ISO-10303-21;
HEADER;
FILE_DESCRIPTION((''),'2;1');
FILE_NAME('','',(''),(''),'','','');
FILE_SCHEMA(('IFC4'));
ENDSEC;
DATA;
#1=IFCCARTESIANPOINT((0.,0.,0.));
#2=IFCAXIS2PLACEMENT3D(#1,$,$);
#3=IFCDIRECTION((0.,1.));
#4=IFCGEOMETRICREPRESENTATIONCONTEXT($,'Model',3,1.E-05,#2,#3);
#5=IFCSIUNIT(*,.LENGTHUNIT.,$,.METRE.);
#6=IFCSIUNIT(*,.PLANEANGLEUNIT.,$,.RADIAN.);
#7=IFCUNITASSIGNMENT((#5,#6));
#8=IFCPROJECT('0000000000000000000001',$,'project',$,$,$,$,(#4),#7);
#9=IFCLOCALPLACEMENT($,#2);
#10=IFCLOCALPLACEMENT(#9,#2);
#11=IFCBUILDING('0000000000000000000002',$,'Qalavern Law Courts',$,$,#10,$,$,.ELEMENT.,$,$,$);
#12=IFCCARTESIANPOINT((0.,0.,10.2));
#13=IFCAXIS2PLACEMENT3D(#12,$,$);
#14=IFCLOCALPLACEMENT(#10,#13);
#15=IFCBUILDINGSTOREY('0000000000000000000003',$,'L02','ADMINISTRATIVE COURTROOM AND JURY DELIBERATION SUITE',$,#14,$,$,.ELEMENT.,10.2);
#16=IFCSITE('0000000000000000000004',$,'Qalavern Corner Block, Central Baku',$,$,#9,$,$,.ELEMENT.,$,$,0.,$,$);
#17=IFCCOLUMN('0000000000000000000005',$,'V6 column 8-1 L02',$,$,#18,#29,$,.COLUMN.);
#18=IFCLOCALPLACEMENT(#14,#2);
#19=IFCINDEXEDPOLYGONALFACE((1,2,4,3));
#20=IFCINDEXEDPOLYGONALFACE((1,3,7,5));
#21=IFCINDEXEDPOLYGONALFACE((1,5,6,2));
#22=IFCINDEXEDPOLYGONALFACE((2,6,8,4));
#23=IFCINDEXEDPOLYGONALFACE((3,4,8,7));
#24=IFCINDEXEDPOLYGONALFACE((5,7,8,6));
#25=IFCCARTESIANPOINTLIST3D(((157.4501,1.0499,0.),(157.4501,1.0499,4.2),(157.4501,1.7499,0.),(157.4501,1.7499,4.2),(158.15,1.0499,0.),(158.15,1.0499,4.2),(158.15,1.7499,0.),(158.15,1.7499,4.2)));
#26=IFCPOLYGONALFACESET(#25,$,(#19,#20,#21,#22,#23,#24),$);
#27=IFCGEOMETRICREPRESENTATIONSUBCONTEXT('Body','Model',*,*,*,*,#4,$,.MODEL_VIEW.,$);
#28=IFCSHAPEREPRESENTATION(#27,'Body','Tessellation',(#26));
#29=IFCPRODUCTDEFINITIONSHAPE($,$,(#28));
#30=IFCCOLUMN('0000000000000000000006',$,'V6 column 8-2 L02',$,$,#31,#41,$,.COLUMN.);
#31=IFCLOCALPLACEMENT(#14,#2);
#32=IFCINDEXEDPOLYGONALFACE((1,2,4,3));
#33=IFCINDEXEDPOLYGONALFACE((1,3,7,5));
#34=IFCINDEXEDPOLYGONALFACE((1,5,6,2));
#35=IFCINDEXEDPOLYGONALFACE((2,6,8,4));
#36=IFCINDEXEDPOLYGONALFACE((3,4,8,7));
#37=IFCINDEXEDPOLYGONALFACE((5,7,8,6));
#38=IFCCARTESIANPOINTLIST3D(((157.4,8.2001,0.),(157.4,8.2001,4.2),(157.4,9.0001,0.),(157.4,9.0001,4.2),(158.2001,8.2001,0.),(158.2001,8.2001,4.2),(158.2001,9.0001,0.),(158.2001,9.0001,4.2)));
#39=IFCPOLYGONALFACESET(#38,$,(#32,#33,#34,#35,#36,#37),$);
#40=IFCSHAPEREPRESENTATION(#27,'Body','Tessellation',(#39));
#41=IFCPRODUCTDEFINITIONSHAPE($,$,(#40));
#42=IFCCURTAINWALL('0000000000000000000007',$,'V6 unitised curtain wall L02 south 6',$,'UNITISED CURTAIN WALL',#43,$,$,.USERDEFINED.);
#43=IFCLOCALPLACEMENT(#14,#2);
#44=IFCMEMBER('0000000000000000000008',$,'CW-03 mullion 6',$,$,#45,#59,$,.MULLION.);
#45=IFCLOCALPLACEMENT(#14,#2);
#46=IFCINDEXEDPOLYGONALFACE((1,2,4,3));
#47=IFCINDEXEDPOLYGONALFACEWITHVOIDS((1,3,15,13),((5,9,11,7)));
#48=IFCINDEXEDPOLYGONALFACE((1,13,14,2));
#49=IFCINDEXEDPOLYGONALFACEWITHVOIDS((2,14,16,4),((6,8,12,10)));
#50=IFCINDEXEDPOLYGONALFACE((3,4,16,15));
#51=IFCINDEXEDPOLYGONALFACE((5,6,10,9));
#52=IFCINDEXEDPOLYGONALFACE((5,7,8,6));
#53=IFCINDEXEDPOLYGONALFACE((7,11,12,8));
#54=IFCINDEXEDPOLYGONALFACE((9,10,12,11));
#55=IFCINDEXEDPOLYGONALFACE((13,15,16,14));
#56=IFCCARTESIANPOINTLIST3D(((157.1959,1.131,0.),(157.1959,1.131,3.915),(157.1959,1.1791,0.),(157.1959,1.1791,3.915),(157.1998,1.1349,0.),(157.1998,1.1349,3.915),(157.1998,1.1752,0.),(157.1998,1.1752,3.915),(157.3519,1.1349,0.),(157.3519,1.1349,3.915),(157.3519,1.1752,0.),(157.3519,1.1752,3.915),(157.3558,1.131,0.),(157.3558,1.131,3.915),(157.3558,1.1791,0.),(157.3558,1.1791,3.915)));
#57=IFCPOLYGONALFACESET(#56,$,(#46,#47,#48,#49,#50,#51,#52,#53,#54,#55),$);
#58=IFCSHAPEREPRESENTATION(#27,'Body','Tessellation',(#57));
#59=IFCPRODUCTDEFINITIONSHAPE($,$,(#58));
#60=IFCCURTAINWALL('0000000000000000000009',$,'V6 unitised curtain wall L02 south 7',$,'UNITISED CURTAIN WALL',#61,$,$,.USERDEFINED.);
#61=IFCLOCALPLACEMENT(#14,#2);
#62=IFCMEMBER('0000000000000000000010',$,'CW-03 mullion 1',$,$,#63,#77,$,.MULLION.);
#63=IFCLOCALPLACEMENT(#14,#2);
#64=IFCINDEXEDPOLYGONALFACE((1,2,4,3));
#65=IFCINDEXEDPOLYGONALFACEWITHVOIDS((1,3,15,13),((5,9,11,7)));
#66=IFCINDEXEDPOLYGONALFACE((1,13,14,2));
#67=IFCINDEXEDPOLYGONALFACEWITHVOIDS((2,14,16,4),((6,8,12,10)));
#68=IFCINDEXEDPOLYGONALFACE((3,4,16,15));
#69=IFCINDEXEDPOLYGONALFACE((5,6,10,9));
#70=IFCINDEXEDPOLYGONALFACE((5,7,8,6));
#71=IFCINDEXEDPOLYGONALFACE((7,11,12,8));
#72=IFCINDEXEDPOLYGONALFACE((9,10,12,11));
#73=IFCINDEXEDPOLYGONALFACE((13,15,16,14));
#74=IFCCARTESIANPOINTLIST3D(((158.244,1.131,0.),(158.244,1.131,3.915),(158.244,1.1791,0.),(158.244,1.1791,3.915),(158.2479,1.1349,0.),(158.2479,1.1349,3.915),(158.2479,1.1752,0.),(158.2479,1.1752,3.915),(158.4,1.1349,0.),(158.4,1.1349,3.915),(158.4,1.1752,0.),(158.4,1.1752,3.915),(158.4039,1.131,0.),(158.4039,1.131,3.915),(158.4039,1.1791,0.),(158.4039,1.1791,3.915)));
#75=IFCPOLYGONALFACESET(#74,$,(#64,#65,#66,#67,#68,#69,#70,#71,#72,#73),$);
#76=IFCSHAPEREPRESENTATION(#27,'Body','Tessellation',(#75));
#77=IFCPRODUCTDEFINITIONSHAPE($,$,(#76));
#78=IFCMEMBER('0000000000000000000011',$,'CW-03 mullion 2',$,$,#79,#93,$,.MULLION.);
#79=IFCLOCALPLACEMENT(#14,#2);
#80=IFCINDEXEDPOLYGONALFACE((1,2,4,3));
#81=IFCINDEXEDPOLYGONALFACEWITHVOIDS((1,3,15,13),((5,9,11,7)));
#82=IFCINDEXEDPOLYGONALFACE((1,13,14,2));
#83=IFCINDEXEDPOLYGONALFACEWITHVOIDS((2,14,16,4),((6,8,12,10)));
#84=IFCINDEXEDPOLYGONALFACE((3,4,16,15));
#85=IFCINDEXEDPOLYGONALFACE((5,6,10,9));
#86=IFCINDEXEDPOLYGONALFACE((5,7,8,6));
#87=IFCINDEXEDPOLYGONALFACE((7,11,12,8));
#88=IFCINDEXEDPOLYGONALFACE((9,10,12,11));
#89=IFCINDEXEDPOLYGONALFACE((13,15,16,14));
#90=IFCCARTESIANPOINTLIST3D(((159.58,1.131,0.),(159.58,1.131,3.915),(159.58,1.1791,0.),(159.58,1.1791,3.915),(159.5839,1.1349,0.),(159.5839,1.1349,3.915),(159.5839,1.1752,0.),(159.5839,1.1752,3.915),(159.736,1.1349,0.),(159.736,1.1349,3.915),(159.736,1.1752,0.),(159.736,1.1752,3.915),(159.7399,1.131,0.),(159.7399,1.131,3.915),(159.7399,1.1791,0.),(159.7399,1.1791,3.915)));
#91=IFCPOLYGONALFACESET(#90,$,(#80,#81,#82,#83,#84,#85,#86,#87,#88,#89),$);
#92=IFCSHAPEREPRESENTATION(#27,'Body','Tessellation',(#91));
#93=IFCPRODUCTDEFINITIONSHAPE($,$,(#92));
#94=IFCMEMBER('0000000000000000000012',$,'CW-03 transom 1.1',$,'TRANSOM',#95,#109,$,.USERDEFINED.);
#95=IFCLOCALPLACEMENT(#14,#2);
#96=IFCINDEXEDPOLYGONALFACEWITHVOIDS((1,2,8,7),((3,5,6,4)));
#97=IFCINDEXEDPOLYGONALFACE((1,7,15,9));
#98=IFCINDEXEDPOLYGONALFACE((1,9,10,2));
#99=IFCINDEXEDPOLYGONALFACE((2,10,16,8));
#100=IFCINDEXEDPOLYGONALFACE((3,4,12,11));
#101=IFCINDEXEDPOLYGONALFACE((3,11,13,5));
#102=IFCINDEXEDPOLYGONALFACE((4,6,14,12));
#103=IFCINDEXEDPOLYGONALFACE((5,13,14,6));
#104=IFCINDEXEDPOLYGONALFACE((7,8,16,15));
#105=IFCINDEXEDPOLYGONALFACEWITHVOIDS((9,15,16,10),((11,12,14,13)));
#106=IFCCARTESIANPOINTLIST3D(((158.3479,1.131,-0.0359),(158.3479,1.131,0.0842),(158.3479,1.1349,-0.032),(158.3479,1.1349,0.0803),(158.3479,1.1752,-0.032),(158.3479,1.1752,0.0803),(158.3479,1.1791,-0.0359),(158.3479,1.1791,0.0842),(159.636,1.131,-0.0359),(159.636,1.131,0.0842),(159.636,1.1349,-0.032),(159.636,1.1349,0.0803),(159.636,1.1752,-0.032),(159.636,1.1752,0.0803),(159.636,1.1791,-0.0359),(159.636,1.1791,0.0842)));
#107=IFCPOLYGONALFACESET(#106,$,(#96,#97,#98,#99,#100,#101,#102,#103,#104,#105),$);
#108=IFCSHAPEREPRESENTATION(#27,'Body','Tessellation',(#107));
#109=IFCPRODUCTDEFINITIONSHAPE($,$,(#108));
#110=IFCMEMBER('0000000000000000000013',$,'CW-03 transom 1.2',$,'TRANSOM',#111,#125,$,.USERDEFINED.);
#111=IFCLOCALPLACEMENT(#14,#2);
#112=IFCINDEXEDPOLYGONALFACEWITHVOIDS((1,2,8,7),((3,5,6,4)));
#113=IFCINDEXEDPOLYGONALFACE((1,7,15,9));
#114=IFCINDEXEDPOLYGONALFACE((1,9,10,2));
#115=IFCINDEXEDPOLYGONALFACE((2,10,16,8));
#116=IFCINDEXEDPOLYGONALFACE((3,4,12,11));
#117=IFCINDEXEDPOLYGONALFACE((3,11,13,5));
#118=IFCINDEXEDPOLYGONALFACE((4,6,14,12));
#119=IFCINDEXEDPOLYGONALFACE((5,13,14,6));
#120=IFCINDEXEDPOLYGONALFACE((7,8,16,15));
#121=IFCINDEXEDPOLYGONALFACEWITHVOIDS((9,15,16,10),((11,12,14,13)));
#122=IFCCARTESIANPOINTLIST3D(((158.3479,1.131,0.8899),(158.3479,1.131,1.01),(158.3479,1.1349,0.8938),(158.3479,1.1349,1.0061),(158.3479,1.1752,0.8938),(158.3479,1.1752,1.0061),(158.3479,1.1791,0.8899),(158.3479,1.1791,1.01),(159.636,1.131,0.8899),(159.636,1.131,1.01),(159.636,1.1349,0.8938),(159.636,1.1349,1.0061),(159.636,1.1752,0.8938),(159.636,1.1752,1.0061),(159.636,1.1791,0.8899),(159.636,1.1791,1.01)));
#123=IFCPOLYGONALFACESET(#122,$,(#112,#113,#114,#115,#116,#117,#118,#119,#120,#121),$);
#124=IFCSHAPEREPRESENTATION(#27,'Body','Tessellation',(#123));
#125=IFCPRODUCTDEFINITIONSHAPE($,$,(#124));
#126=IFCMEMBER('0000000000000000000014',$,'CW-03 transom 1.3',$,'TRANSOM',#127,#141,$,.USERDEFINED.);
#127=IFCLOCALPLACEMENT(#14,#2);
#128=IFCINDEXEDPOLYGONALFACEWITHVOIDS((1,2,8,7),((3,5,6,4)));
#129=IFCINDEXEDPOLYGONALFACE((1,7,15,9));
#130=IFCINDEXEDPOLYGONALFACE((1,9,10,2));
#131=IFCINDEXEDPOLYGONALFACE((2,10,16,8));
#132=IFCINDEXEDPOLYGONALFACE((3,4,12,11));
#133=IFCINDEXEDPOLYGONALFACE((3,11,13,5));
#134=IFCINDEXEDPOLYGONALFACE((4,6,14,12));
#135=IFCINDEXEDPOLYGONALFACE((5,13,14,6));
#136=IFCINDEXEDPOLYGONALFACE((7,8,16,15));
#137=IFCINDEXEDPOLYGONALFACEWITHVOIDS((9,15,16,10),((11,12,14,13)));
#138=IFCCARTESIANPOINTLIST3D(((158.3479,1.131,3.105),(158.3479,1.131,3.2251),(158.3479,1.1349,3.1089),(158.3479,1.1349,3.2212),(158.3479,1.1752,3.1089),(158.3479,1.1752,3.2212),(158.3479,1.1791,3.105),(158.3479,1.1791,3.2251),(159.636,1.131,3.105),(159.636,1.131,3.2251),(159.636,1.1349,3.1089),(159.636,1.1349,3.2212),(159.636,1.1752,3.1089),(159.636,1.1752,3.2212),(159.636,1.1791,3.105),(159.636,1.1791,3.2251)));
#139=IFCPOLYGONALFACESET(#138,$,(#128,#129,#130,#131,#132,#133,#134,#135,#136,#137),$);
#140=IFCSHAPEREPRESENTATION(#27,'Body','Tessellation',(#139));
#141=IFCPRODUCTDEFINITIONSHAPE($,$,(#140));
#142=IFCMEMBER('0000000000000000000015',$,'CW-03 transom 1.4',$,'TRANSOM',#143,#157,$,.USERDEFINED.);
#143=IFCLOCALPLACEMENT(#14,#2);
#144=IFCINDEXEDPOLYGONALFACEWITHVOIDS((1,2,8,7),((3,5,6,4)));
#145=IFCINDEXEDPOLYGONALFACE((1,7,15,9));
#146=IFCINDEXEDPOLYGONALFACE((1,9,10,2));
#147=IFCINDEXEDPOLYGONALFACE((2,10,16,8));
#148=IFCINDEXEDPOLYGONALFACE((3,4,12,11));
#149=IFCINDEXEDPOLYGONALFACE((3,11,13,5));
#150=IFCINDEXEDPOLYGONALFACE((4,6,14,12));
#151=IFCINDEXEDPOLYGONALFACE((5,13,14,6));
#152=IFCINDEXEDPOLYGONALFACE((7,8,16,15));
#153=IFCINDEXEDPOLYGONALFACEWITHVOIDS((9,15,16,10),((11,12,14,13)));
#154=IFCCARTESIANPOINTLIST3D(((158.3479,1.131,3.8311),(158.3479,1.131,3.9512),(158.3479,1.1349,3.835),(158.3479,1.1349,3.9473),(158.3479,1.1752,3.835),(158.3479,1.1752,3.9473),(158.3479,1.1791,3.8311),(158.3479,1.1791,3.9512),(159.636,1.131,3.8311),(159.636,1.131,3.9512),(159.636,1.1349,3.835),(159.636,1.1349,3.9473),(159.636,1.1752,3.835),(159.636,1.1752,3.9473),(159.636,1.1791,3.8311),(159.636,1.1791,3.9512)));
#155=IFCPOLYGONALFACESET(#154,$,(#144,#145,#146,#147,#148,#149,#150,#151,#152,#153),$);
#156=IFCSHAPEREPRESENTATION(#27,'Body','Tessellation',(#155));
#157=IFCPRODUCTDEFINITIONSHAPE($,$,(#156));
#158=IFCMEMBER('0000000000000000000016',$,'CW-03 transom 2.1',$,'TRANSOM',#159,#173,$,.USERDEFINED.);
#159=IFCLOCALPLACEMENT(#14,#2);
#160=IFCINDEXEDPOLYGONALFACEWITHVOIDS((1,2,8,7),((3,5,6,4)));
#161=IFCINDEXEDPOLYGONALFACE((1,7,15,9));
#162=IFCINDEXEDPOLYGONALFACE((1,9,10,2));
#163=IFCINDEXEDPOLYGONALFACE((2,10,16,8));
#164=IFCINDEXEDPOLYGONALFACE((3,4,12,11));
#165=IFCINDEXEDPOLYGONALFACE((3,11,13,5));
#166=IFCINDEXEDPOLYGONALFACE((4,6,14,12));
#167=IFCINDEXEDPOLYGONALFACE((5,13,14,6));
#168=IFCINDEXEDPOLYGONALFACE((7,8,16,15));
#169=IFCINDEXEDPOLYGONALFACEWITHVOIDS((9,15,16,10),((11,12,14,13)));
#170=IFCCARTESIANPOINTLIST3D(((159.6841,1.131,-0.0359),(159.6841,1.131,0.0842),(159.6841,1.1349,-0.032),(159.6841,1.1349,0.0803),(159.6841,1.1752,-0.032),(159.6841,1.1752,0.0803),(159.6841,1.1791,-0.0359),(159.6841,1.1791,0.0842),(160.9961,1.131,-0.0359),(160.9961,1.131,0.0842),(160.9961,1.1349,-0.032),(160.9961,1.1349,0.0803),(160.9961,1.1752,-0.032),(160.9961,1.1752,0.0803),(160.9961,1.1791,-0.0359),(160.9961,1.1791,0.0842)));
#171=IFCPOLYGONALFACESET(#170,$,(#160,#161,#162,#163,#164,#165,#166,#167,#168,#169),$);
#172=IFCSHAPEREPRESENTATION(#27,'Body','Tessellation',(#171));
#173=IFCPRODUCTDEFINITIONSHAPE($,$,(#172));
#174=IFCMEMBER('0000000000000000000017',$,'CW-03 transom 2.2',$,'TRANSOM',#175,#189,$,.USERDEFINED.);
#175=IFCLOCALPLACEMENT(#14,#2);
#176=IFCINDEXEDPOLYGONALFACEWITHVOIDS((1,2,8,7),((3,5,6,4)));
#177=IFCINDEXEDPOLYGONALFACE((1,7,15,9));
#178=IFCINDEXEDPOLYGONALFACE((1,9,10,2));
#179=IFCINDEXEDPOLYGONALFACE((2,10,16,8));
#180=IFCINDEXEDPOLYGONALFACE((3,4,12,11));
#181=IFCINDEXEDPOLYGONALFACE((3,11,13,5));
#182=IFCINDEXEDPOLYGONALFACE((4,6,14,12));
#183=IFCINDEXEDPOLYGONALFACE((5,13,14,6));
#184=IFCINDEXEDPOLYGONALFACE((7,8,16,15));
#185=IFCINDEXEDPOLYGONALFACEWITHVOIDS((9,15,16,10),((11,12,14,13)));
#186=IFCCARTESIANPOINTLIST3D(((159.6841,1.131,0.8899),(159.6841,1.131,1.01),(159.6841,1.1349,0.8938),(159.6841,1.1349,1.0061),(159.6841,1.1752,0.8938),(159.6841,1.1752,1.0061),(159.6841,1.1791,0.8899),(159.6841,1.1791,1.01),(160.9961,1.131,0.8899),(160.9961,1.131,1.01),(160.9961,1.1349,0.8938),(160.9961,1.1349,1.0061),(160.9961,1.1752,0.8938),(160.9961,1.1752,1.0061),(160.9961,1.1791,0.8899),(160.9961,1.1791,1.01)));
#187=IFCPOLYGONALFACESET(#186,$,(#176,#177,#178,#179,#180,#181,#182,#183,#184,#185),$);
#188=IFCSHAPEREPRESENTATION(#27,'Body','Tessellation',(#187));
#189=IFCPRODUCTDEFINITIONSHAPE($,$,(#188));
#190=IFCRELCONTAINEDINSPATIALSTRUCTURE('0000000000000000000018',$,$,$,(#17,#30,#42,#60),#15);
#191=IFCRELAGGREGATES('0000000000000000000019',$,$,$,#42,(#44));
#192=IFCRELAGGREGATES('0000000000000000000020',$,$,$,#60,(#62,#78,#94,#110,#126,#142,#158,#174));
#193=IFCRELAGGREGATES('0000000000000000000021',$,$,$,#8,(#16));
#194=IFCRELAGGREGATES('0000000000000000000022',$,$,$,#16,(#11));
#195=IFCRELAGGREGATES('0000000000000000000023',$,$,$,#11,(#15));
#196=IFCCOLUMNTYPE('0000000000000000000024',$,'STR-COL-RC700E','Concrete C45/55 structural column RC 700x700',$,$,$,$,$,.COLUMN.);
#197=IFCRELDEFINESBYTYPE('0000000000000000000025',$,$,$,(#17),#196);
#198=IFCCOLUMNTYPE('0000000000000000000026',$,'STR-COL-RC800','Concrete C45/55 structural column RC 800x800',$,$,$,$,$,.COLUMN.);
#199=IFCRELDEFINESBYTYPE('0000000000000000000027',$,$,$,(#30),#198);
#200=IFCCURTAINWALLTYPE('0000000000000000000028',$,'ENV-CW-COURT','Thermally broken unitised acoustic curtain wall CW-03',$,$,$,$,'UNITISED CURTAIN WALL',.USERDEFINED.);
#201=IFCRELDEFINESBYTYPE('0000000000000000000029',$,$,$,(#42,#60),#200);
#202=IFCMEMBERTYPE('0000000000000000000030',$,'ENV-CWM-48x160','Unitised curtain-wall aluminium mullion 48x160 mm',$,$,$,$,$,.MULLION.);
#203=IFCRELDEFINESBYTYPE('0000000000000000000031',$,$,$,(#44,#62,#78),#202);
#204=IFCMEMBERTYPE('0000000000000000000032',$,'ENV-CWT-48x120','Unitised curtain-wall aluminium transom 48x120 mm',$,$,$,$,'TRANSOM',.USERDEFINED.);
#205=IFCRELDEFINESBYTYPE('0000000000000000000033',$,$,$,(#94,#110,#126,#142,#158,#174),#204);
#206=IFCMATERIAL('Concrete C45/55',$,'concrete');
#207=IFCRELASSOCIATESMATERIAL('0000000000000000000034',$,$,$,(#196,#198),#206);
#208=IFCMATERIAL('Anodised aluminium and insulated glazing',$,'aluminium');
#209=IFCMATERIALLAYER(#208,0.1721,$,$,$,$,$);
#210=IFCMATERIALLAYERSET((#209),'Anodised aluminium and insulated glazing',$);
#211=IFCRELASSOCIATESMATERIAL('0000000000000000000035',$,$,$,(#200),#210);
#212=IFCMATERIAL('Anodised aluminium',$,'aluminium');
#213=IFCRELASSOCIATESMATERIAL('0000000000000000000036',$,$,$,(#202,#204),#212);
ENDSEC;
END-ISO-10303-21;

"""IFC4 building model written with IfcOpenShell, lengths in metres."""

from ifc_helpers import new_model, si_unit, direction, frame, origin, origin_2d, place, context, subcontext, project, spatial, rectangle, hollow_rectangle, extrude, material, layer, layer_set, material_profile, profile_set, type_object, element, aggregate, save


model = new_model("IFC4")

# Units and contexts
model_context = context("Model", 3, precision=1e-05, world=origin(), true_north=direction((0.0, 1.0)))
body_context = subcontext(model_context, "Body", "Model", "MODEL_VIEW")
ifc_project = project(units=[si_unit("LENGTHUNIT", "METRE"), si_unit("PLANEANGLEUNIT", "RADIAN")], contexts=[model_context])

# Site, building, storey
site_placement = place(None, origin())
site = spatial("IfcSite", under=ifc_project, at=site_placement, Name="Qalavern Corner Block, Central Baku", CompositionType="ELEMENT", RefElevation=0.0)
building_placement = place(site_placement, origin())
building = spatial("IfcBuilding", under=site, at=building_placement, Name="Qalavern Law Courts", CompositionType="ELEMENT")
storey_placement = place(building_placement, frame((0.0, 0.0, 10.2)))
storey = spatial("IfcBuildingStorey", under=building, at=storey_placement, Name="L02", Description="ADMINISTRATIVE COURTROOM AND JURY DELIBERATION SUITE", CompositionType="ELEMENT", Elevation=10.2)

# Columns
ifc_material_1 = material(Name="Concrete C45/55", Category="concrete")
ifc_material_profile_1 = material_profile(ifc_material_1, rectangle(XDim=0.7, YDim=0.7, at=origin_2d()), Name="RC 700x700")
ifc_profile_set_1 = profile_set([ifc_material_profile_1], Name="Concrete C45/55")
column_type_1 = type_object("IfcColumnType", Name="STR-COL-RC700E", Description="Concrete C45/55 structural column RC 700x700", PredefinedType="COLUMN", material=ifc_profile_set_1)
column_1_placement = place(storey_placement, frame((157.8, 1.3999, 0.0), z_axis=(0.0, 0.0, 1.0), x_axis=(1.0, 0.0, 0.0)))
element("IfcColumn", 1, at=column_1_placement, inside=storey, type_object=column_type_1, Name="V6 column 8-1 L02", PredefinedType="COLUMN", context=body_context, shape_type="SweptSolid", body=[
    extrude(rectangle(XDim=0.7, YDim=0.7, at=origin_2d()), origin(), (0.0, 0.0, 1.0), 4.2),
])
ifc_material_profile_2 = material_profile(ifc_material_1, rectangle(XDim=0.8, YDim=0.8, at=origin_2d()), Name="RC 800x800")
ifc_profile_set_2 = profile_set([ifc_material_profile_2], Name="Concrete C45/55")
column_type_2 = type_object("IfcColumnType", Name="STR-COL-RC800", Description="Concrete C45/55 structural column RC 800x800", PredefinedType="COLUMN", material=ifc_profile_set_2)
column_2_placement = place(storey_placement, frame((157.8, 8.6001, 0.0), z_axis=(0.0, 0.0, 1.0), x_axis=(1.0, 0.0, 0.0)))
element("IfcColumn", 2, at=column_2_placement, inside=storey, type_object=column_type_2, Name="V6 column 8-2 L02", PredefinedType="COLUMN", context=body_context, shape_type="SweptSolid", body=[
    extrude(rectangle(XDim=0.8, YDim=0.8, at=origin_2d()), origin(), (0.0, 0.0, 1.0), 4.2),
])

# Curtain wall, member
ifc_material_2 = material(Name="Anodised aluminium and insulated glazing", Category="aluminium")
ifc_layer_1 = layer(ifc_material_2, 0.1721)
ifc_layer_set_1 = layer_set([ifc_layer_1], Name="Anodised aluminium and insulated glazing")
curtain_wall_type = type_object("IfcCurtainWallType", Name="ENV-CW-COURT", Description="Thermally broken unitised acoustic curtain wall CW-03", ElementType="UNITISED CURTAIN WALL", PredefinedType="USERDEFINED", material=ifc_layer_set_1)
curtain_wall_1_placement = place(storey_placement, origin())
curtain_wall_1 = element("IfcCurtainWall", 3, at=curtain_wall_1_placement, inside=storey, type_object=curtain_wall_type, Name="V6 unitised curtain wall L02 south 6", ObjectType="UNITISED CURTAIN WALL", PredefinedType="USERDEFINED")
ifc_material_3 = material(Name="Anodised aluminium", Category="aluminium")
ifc_material_profile_3 = material_profile(ifc_material_3, hollow_rectangle(XDim=0.0481, YDim=0.1599, WallThickness=0.0039, at=origin_2d()), Name="ALU MULLION 48x160")
ifc_profile_set_3 = profile_set([ifc_material_profile_3], Name="Anodised aluminium")
member_type_1 = type_object("IfcMemberType", Name="ENV-CWM-48x160", Description="Unitised curtain-wall aluminium mullion 48x160 mm", PredefinedType="MULLION", material=ifc_profile_set_3)
member_1_placement = place(storey_placement, frame((157.2759, 1.155, 0.0), z_axis=(0.0, 0.0, 1.0), x_axis=(0.0, 1.0, 0.0)))
member_1 = element("IfcMember", 4, at=member_1_placement, type_object=member_type_1, Name="CW-03 mullion 6", PredefinedType="MULLION", context=body_context, shape_type="SweptSolid", body=[
    extrude(hollow_rectangle(XDim=0.0481, YDim=0.1599, WallThickness=0.0039, at=origin_2d()), origin(), (0.0, 0.0, 1.0), 3.915),
])

# Curtain wall, members
curtain_wall_2_placement = place(storey_placement, origin())
curtain_wall_2 = element("IfcCurtainWall", 5, at=curtain_wall_2_placement, inside=storey, type_object=curtain_wall_type, Name="V6 unitised curtain wall L02 south 7", ObjectType="UNITISED CURTAIN WALL", PredefinedType="USERDEFINED")
member_2_placement = place(storey_placement, frame((158.324, 1.155, 0.0), z_axis=(0.0, 0.0, 1.0), x_axis=(0.0, 1.0, 0.0)))
member_2 = element("IfcMember", 6, at=member_2_placement, type_object=member_type_1, Name="CW-03 mullion 1", PredefinedType="MULLION", context=body_context, shape_type="SweptSolid", body=[
    extrude(hollow_rectangle(XDim=0.0481, YDim=0.1599, WallThickness=0.0039, at=origin_2d()), origin(), (0.0, 0.0, 1.0), 3.915),
])
member_3_placement = place(storey_placement, frame((159.6599, 1.155, 0.0), z_axis=(0.0, 0.0, 1.0), x_axis=(0.0, 1.0, 0.0)))
member_3 = element("IfcMember", 7, at=member_3_placement, type_object=member_type_1, Name="CW-03 mullion 2", PredefinedType="MULLION", context=body_context, shape_type="SweptSolid", body=[
    extrude(hollow_rectangle(XDim=0.0481, YDim=0.1599, WallThickness=0.0039, at=origin_2d()), origin(), (0.0, 0.0, 1.0), 3.915),
])
ifc_material_profile_4 = material_profile(ifc_material_3, hollow_rectangle(XDim=0.0481, YDim=0.1201, WallThickness=0.0039, at=origin_2d()), Name="ALU TRANSOM 48x120")
ifc_profile_set_4 = profile_set([ifc_material_profile_4], Name="Anodised aluminium")
member_type_2 = type_object("IfcMemberType", Name="ENV-CWT-48x120", Description="Unitised curtain-wall aluminium transom 48x120 mm", ElementType="TRANSOM", PredefinedType="USERDEFINED", material=ifc_profile_set_4)
member_4_placement = place(storey_placement, frame((158.3479, 1.155, 0.0242), z_axis=(1.0, 0.0, 0.0), x_axis=(0.0, 1.0, 0.0)))
member_4 = element("IfcMember", 8, at=member_4_placement, type_object=member_type_2, Name="CW-03 transom 1.1", ObjectType="TRANSOM", PredefinedType="USERDEFINED", context=body_context, shape_type="SweptSolid", body=[
    extrude(hollow_rectangle(XDim=0.0481, YDim=0.1201, WallThickness=0.0039, at=origin_2d()), origin(), (0.0, 0.0, 1.0), 1.2881),
])
member_5_placement = place(storey_placement, frame((158.3479, 1.155, 0.95), z_axis=(1.0, 0.0, 0.0), x_axis=(0.0, 1.0, 0.0)))
member_5 = element("IfcMember", 9, at=member_5_placement, type_object=member_type_2, Name="CW-03 transom 1.2", ObjectType="TRANSOM", PredefinedType="USERDEFINED", context=body_context, shape_type="SweptSolid", body=[
    extrude(hollow_rectangle(XDim=0.0481, YDim=0.1201, WallThickness=0.0039, at=origin_2d()), origin(), (0.0, 0.0, 1.0), 1.2881),
])
member_6_placement = place(storey_placement, frame((158.3479, 1.155, 3.165), z_axis=(1.0, 0.0, 0.0), x_axis=(0.0, 1.0, 0.0)))
member_6 = element("IfcMember", 10, at=member_6_placement, type_object=member_type_2, Name="CW-03 transom 1.3", ObjectType="TRANSOM", PredefinedType="USERDEFINED", context=body_context, shape_type="SweptSolid", body=[
    extrude(hollow_rectangle(XDim=0.0481, YDim=0.1201, WallThickness=0.0039, at=origin_2d()), origin(), (0.0, 0.0, 1.0), 1.2881),
])
member_7_placement = place(storey_placement, frame((158.3479, 1.155, 3.8911), z_axis=(1.0, 0.0, 0.0), x_axis=(0.0, 1.0, 0.0)))
member_7 = element("IfcMember", 11, at=member_7_placement, type_object=member_type_2, Name="CW-03 transom 1.4", ObjectType="TRANSOM", PredefinedType="USERDEFINED", context=body_context, shape_type="SweptSolid", body=[
    extrude(hollow_rectangle(XDim=0.0481, YDim=0.1201, WallThickness=0.0039, at=origin_2d()), origin(), (0.0, 0.0, 1.0), 1.2881),
])
member_8_placement = place(storey_placement, frame((159.6841, 1.155, 0.0242), z_axis=(1.0, 0.0, 0.0), x_axis=(0.0, 1.0, 0.0)))
member_8 = element("IfcMember", 12, at=member_8_placement, type_object=member_type_2, Name="CW-03 transom 2.1", ObjectType="TRANSOM", PredefinedType="USERDEFINED", context=body_context, shape_type="SweptSolid", body=[
    extrude(hollow_rectangle(XDim=0.0481, YDim=0.1201, WallThickness=0.0039, at=origin_2d()), origin(), (0.0, 0.0, 1.0), 1.312),
])
member_9_placement = place(storey_placement, frame((159.6841, 1.155, 0.95), z_axis=(1.0, 0.0, 0.0), x_axis=(0.0, 1.0, 0.0)))
member_9 = element("IfcMember", 13, at=member_9_placement, type_object=member_type_2, Name="CW-03 transom 2.2", ObjectType="TRANSOM", PredefinedType="USERDEFINED", context=body_context, shape_type="SweptSolid", body=[
    extrude(hollow_rectangle(XDim=0.0481, YDim=0.1201, WallThickness=0.0039, at=origin_2d()), origin(), (0.0, 0.0, 1.0), 1.312),
])

aggregate(curtain_wall_1, [member_1])
aggregate(curtain_wall_2, [member_2, member_3, member_4, member_5, member_6, member_7, member_8, member_9])

save(model, "model.ifc")
